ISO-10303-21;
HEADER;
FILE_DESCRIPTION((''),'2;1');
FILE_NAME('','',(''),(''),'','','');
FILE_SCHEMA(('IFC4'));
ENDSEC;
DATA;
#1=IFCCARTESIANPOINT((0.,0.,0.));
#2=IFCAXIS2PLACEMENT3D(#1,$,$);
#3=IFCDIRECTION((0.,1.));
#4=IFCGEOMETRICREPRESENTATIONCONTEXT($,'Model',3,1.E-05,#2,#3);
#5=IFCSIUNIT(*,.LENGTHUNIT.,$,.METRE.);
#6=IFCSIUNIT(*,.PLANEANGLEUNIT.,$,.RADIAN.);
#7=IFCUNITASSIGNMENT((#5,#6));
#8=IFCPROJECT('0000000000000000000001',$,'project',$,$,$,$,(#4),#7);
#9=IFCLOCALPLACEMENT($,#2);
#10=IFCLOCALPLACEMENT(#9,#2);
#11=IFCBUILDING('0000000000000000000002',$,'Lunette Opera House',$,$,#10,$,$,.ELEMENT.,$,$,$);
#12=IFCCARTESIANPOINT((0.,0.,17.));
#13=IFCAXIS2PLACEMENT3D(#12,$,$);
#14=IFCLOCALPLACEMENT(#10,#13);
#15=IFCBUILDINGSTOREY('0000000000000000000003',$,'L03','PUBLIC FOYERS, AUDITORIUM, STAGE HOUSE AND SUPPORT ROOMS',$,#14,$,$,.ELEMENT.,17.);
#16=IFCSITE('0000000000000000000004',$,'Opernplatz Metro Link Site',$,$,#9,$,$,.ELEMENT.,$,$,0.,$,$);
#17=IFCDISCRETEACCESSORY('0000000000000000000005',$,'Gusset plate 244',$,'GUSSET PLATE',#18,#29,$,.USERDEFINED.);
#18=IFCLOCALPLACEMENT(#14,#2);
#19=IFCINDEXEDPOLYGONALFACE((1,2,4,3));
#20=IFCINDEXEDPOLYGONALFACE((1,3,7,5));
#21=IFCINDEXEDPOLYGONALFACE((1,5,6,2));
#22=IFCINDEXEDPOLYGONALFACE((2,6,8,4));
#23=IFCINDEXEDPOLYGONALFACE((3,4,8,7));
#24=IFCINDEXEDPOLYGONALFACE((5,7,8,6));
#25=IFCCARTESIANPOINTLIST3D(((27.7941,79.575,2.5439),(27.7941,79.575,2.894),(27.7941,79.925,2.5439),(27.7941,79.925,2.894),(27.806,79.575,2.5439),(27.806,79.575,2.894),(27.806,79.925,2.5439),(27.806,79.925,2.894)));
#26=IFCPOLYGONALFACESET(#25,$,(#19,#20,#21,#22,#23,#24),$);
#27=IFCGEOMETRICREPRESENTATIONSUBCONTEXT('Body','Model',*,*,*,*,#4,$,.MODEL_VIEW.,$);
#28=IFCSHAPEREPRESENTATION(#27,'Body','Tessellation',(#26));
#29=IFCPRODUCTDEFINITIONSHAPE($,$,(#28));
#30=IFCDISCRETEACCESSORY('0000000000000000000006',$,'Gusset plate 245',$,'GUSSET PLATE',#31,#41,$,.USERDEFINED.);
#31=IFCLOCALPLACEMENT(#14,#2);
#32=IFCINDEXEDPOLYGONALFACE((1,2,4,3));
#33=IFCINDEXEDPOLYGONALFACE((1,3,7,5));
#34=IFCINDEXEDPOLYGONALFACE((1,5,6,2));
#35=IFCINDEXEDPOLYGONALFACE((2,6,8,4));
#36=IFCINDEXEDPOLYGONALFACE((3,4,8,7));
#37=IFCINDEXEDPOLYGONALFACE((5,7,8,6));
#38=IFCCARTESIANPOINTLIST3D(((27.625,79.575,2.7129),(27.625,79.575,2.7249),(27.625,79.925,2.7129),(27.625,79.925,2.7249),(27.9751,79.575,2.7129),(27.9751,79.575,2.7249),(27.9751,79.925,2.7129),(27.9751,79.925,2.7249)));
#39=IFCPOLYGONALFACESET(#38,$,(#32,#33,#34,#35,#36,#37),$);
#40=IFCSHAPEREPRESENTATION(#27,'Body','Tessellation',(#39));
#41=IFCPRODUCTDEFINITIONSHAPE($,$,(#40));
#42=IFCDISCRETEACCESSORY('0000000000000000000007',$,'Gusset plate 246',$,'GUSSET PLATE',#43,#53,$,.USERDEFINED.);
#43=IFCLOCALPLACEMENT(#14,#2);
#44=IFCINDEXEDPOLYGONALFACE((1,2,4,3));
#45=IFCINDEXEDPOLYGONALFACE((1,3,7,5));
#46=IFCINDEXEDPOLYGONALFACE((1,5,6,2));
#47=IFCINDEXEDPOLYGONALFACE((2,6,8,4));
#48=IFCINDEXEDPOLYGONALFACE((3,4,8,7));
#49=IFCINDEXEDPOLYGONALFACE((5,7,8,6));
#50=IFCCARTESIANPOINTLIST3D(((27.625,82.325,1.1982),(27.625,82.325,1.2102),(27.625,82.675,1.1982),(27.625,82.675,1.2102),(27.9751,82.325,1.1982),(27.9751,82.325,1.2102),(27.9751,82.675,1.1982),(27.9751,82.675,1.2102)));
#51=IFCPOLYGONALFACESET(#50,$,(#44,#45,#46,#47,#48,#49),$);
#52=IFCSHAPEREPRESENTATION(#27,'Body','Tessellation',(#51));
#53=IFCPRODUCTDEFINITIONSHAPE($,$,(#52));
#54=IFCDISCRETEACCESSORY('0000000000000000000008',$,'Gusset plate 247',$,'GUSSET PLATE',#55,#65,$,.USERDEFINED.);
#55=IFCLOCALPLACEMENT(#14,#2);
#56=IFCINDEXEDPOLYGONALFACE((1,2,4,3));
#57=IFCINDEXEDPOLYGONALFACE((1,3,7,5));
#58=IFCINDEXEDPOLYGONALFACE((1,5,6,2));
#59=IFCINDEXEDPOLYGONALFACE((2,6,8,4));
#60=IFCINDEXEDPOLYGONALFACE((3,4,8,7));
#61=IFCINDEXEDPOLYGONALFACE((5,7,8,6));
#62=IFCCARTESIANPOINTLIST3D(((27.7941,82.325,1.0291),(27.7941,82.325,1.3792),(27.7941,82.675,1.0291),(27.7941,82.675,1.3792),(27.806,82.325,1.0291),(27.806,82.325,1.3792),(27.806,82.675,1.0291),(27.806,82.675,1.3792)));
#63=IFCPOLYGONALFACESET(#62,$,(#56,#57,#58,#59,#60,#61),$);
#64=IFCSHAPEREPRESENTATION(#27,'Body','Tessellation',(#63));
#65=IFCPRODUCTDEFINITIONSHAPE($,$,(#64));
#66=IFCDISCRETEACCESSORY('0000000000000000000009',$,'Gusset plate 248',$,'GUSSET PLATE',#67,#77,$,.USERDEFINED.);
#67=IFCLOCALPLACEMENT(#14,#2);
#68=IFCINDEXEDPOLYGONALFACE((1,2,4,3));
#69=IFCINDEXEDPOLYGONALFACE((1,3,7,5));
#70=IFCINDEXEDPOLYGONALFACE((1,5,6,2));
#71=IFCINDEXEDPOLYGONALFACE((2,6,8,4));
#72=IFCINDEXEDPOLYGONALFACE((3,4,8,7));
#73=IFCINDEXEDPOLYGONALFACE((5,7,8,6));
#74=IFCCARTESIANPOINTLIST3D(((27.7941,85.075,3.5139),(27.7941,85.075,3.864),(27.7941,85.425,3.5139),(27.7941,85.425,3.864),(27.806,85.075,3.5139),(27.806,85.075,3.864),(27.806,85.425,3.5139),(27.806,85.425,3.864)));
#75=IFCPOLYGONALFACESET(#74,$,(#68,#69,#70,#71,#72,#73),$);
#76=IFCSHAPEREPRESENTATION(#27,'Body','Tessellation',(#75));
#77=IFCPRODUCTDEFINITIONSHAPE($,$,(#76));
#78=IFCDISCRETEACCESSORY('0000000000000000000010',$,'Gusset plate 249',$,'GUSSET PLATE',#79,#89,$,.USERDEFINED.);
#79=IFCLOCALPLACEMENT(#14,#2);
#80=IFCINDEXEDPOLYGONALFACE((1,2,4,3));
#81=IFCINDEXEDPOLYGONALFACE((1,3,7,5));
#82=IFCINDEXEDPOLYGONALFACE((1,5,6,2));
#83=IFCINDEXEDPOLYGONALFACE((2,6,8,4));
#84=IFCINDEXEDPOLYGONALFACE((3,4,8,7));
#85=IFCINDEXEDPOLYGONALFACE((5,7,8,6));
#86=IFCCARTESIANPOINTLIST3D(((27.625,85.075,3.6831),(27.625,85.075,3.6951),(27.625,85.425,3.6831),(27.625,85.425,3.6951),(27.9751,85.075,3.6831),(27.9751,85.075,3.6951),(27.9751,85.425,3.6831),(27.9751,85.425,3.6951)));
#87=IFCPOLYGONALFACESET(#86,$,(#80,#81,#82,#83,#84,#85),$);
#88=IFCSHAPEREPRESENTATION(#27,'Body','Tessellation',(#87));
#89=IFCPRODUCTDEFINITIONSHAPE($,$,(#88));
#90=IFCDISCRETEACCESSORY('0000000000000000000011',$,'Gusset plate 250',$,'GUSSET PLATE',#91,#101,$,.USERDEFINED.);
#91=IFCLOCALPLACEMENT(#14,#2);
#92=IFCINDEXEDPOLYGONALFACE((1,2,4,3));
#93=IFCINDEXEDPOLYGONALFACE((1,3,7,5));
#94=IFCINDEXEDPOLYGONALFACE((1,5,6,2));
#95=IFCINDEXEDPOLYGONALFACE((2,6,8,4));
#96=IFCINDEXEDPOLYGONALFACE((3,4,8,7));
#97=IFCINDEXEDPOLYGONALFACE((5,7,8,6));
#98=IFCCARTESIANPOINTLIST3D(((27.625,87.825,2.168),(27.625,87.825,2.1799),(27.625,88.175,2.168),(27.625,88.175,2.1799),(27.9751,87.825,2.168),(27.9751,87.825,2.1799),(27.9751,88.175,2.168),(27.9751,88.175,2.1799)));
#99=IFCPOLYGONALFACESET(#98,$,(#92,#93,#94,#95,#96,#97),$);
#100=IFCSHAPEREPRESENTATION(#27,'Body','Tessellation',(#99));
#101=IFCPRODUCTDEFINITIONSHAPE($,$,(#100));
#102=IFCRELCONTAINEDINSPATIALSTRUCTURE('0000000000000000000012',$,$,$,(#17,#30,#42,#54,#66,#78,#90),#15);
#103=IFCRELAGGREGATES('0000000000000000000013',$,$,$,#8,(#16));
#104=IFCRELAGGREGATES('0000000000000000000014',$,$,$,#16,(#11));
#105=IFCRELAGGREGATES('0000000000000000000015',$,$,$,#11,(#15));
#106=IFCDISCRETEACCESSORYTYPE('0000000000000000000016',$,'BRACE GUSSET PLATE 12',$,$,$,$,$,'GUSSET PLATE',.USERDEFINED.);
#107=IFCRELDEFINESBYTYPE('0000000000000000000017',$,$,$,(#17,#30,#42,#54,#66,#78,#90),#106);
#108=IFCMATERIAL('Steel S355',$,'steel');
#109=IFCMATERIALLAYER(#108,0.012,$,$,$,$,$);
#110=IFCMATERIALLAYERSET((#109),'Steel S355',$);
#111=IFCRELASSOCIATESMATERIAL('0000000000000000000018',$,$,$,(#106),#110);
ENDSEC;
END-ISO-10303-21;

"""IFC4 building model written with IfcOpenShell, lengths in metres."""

from ifc_helpers import new_model, si_unit, direction, frame, origin, origin_2d, place, context, subcontext, project, spatial, rectangle, extrude, material, layer, layer_set, type_object, element, save


model = new_model("IFC4")

# Units and contexts
model_context = context("Model", 3, precision=1e-05, world=origin(), true_north=direction((0.0, 1.0)))
body_context = subcontext(model_context, "Body", "Model", "MODEL_VIEW")
ifc_project = project(units=[si_unit("LENGTHUNIT", "METRE"), si_unit("PLANEANGLEUNIT", "RADIAN")], contexts=[model_context])

# Site, building, storey
site_placement = place(None, origin())
site = spatial("IfcSite", under=ifc_project, at=site_placement, Name="Opernplatz Metro Link Site", CompositionType="ELEMENT", RefElevation=0.0)
building_placement = place(site_placement, origin())
building = spatial("IfcBuilding", under=site, at=building_placement, Name="Lunette Opera House", CompositionType="ELEMENT")
storey_placement = place(building_placement, frame((0.0, 0.0, 17.0)))
storey = spatial("IfcBuildingStorey", under=building, at=storey_placement, Name="L03", Description="PUBLIC FOYERS, AUDITORIUM, STAGE HOUSE AND SUPPORT ROOMS", CompositionType="ELEMENT", Elevation=17.0)

# Discrete accessories
ifc_material_1 = material(Name="Steel S355", Category="steel")
ifc_layer_1 = layer(ifc_material_1, 0.012)
ifc_layer_set_1 = layer_set([ifc_layer_1], Name="Steel S355")
discrete_accessory_type = type_object("IfcDiscreteAccessoryType", Name="BRACE GUSSET PLATE 12", ElementType="GUSSET PLATE", PredefinedType="USERDEFINED", material=ifc_layer_set_1)
discrete_accessory_placement = place(storey_placement, frame((27.8, 79.75, 2.5439), z_axis=(0.0, 0.0, 1.0), x_axis=(0.0, 1.0, 0.0)))
element("IfcDiscreteAccessory", 1, at=discrete_accessory_placement, inside=storey, type_object=discrete_accessory_type, Name="Gusset plate 244", ObjectType="GUSSET PLATE", PredefinedType="USERDEFINED", context=body_context, shape_type="SweptSolid", body=[
    extrude(rectangle(XDim=0.3501, YDim=0.012, at=origin_2d()), origin(), (0.0, 0.0, 1.0), 0.3501),
])
for number, where, z_axis, x_axis, name in (
    (2, (27.8, 79.75, 2.7129), (0.0, 0.0, 1.0), (0.0, 1.0, 0.0), "Gusset plate 245"),
    (3, (27.8, 82.5, 1.1982), (0.0, 0.0, 1.0), (0.0, 1.0, 0.0), "Gusset plate 246"),
):
    element("IfcDiscreteAccessory", number, at=place(storey_placement, frame(where, z_axis=z_axis, x_axis=x_axis)), inside=storey, type_object=discrete_accessory_type, Name=name, ObjectType="GUSSET PLATE", PredefinedType="USERDEFINED", context=body_context, shape_type="SweptSolid", body=[
        extrude(rectangle(XDim=0.3501, YDim=0.3501, at=origin_2d()), origin(), (0.0, 0.0, 1.0), 0.012),
    ])
for number, where, z_axis, x_axis, name in (
    (4, (27.8, 82.5, 1.0291), (0.0, 0.0, 1.0), (0.0, 1.0, 0.0), "Gusset plate 247"),
    (5, (27.8, 85.25, 3.5139), (0.0, 0.0, 1.0), (0.0, 1.0, 0.0), "Gusset plate 248"),
):
    element("IfcDiscreteAccessory", number, at=place(storey_placement, frame(where, z_axis=z_axis, x_axis=x_axis)), inside=storey, type_object=discrete_accessory_type, Name=name, ObjectType="GUSSET PLATE", PredefinedType="USERDEFINED", context=body_context, shape_type="SweptSolid", body=[
        extrude(rectangle(XDim=0.3501, YDim=0.012, at=origin_2d()), origin(), (0.0, 0.0, 1.0), 0.3501),
    ])
for number, where, z_axis, x_axis, name in (
    (6, (27.8, 85.25, 3.6831), (0.0, 0.0, 1.0), (0.0, 1.0, 0.0), "Gusset plate 249"),
    (7, (27.8, 88.0, 2.168), (0.0, 0.0, 1.0), (0.0, 1.0, 0.0), "Gusset plate 250"),
):
    element("IfcDiscreteAccessory", number, at=place(storey_placement, frame(where, z_axis=z_axis, x_axis=x_axis)), inside=storey, type_object=discrete_accessory_type, Name=name, ObjectType="GUSSET PLATE", PredefinedType="USERDEFINED", context=body_context, shape_type="SweptSolid", body=[
        extrude(rectangle(XDim=0.3501, YDim=0.3501, at=origin_2d()), origin(), (0.0, 0.0, 1.0), 0.012),
    ])

save(model, "model.ifc")
